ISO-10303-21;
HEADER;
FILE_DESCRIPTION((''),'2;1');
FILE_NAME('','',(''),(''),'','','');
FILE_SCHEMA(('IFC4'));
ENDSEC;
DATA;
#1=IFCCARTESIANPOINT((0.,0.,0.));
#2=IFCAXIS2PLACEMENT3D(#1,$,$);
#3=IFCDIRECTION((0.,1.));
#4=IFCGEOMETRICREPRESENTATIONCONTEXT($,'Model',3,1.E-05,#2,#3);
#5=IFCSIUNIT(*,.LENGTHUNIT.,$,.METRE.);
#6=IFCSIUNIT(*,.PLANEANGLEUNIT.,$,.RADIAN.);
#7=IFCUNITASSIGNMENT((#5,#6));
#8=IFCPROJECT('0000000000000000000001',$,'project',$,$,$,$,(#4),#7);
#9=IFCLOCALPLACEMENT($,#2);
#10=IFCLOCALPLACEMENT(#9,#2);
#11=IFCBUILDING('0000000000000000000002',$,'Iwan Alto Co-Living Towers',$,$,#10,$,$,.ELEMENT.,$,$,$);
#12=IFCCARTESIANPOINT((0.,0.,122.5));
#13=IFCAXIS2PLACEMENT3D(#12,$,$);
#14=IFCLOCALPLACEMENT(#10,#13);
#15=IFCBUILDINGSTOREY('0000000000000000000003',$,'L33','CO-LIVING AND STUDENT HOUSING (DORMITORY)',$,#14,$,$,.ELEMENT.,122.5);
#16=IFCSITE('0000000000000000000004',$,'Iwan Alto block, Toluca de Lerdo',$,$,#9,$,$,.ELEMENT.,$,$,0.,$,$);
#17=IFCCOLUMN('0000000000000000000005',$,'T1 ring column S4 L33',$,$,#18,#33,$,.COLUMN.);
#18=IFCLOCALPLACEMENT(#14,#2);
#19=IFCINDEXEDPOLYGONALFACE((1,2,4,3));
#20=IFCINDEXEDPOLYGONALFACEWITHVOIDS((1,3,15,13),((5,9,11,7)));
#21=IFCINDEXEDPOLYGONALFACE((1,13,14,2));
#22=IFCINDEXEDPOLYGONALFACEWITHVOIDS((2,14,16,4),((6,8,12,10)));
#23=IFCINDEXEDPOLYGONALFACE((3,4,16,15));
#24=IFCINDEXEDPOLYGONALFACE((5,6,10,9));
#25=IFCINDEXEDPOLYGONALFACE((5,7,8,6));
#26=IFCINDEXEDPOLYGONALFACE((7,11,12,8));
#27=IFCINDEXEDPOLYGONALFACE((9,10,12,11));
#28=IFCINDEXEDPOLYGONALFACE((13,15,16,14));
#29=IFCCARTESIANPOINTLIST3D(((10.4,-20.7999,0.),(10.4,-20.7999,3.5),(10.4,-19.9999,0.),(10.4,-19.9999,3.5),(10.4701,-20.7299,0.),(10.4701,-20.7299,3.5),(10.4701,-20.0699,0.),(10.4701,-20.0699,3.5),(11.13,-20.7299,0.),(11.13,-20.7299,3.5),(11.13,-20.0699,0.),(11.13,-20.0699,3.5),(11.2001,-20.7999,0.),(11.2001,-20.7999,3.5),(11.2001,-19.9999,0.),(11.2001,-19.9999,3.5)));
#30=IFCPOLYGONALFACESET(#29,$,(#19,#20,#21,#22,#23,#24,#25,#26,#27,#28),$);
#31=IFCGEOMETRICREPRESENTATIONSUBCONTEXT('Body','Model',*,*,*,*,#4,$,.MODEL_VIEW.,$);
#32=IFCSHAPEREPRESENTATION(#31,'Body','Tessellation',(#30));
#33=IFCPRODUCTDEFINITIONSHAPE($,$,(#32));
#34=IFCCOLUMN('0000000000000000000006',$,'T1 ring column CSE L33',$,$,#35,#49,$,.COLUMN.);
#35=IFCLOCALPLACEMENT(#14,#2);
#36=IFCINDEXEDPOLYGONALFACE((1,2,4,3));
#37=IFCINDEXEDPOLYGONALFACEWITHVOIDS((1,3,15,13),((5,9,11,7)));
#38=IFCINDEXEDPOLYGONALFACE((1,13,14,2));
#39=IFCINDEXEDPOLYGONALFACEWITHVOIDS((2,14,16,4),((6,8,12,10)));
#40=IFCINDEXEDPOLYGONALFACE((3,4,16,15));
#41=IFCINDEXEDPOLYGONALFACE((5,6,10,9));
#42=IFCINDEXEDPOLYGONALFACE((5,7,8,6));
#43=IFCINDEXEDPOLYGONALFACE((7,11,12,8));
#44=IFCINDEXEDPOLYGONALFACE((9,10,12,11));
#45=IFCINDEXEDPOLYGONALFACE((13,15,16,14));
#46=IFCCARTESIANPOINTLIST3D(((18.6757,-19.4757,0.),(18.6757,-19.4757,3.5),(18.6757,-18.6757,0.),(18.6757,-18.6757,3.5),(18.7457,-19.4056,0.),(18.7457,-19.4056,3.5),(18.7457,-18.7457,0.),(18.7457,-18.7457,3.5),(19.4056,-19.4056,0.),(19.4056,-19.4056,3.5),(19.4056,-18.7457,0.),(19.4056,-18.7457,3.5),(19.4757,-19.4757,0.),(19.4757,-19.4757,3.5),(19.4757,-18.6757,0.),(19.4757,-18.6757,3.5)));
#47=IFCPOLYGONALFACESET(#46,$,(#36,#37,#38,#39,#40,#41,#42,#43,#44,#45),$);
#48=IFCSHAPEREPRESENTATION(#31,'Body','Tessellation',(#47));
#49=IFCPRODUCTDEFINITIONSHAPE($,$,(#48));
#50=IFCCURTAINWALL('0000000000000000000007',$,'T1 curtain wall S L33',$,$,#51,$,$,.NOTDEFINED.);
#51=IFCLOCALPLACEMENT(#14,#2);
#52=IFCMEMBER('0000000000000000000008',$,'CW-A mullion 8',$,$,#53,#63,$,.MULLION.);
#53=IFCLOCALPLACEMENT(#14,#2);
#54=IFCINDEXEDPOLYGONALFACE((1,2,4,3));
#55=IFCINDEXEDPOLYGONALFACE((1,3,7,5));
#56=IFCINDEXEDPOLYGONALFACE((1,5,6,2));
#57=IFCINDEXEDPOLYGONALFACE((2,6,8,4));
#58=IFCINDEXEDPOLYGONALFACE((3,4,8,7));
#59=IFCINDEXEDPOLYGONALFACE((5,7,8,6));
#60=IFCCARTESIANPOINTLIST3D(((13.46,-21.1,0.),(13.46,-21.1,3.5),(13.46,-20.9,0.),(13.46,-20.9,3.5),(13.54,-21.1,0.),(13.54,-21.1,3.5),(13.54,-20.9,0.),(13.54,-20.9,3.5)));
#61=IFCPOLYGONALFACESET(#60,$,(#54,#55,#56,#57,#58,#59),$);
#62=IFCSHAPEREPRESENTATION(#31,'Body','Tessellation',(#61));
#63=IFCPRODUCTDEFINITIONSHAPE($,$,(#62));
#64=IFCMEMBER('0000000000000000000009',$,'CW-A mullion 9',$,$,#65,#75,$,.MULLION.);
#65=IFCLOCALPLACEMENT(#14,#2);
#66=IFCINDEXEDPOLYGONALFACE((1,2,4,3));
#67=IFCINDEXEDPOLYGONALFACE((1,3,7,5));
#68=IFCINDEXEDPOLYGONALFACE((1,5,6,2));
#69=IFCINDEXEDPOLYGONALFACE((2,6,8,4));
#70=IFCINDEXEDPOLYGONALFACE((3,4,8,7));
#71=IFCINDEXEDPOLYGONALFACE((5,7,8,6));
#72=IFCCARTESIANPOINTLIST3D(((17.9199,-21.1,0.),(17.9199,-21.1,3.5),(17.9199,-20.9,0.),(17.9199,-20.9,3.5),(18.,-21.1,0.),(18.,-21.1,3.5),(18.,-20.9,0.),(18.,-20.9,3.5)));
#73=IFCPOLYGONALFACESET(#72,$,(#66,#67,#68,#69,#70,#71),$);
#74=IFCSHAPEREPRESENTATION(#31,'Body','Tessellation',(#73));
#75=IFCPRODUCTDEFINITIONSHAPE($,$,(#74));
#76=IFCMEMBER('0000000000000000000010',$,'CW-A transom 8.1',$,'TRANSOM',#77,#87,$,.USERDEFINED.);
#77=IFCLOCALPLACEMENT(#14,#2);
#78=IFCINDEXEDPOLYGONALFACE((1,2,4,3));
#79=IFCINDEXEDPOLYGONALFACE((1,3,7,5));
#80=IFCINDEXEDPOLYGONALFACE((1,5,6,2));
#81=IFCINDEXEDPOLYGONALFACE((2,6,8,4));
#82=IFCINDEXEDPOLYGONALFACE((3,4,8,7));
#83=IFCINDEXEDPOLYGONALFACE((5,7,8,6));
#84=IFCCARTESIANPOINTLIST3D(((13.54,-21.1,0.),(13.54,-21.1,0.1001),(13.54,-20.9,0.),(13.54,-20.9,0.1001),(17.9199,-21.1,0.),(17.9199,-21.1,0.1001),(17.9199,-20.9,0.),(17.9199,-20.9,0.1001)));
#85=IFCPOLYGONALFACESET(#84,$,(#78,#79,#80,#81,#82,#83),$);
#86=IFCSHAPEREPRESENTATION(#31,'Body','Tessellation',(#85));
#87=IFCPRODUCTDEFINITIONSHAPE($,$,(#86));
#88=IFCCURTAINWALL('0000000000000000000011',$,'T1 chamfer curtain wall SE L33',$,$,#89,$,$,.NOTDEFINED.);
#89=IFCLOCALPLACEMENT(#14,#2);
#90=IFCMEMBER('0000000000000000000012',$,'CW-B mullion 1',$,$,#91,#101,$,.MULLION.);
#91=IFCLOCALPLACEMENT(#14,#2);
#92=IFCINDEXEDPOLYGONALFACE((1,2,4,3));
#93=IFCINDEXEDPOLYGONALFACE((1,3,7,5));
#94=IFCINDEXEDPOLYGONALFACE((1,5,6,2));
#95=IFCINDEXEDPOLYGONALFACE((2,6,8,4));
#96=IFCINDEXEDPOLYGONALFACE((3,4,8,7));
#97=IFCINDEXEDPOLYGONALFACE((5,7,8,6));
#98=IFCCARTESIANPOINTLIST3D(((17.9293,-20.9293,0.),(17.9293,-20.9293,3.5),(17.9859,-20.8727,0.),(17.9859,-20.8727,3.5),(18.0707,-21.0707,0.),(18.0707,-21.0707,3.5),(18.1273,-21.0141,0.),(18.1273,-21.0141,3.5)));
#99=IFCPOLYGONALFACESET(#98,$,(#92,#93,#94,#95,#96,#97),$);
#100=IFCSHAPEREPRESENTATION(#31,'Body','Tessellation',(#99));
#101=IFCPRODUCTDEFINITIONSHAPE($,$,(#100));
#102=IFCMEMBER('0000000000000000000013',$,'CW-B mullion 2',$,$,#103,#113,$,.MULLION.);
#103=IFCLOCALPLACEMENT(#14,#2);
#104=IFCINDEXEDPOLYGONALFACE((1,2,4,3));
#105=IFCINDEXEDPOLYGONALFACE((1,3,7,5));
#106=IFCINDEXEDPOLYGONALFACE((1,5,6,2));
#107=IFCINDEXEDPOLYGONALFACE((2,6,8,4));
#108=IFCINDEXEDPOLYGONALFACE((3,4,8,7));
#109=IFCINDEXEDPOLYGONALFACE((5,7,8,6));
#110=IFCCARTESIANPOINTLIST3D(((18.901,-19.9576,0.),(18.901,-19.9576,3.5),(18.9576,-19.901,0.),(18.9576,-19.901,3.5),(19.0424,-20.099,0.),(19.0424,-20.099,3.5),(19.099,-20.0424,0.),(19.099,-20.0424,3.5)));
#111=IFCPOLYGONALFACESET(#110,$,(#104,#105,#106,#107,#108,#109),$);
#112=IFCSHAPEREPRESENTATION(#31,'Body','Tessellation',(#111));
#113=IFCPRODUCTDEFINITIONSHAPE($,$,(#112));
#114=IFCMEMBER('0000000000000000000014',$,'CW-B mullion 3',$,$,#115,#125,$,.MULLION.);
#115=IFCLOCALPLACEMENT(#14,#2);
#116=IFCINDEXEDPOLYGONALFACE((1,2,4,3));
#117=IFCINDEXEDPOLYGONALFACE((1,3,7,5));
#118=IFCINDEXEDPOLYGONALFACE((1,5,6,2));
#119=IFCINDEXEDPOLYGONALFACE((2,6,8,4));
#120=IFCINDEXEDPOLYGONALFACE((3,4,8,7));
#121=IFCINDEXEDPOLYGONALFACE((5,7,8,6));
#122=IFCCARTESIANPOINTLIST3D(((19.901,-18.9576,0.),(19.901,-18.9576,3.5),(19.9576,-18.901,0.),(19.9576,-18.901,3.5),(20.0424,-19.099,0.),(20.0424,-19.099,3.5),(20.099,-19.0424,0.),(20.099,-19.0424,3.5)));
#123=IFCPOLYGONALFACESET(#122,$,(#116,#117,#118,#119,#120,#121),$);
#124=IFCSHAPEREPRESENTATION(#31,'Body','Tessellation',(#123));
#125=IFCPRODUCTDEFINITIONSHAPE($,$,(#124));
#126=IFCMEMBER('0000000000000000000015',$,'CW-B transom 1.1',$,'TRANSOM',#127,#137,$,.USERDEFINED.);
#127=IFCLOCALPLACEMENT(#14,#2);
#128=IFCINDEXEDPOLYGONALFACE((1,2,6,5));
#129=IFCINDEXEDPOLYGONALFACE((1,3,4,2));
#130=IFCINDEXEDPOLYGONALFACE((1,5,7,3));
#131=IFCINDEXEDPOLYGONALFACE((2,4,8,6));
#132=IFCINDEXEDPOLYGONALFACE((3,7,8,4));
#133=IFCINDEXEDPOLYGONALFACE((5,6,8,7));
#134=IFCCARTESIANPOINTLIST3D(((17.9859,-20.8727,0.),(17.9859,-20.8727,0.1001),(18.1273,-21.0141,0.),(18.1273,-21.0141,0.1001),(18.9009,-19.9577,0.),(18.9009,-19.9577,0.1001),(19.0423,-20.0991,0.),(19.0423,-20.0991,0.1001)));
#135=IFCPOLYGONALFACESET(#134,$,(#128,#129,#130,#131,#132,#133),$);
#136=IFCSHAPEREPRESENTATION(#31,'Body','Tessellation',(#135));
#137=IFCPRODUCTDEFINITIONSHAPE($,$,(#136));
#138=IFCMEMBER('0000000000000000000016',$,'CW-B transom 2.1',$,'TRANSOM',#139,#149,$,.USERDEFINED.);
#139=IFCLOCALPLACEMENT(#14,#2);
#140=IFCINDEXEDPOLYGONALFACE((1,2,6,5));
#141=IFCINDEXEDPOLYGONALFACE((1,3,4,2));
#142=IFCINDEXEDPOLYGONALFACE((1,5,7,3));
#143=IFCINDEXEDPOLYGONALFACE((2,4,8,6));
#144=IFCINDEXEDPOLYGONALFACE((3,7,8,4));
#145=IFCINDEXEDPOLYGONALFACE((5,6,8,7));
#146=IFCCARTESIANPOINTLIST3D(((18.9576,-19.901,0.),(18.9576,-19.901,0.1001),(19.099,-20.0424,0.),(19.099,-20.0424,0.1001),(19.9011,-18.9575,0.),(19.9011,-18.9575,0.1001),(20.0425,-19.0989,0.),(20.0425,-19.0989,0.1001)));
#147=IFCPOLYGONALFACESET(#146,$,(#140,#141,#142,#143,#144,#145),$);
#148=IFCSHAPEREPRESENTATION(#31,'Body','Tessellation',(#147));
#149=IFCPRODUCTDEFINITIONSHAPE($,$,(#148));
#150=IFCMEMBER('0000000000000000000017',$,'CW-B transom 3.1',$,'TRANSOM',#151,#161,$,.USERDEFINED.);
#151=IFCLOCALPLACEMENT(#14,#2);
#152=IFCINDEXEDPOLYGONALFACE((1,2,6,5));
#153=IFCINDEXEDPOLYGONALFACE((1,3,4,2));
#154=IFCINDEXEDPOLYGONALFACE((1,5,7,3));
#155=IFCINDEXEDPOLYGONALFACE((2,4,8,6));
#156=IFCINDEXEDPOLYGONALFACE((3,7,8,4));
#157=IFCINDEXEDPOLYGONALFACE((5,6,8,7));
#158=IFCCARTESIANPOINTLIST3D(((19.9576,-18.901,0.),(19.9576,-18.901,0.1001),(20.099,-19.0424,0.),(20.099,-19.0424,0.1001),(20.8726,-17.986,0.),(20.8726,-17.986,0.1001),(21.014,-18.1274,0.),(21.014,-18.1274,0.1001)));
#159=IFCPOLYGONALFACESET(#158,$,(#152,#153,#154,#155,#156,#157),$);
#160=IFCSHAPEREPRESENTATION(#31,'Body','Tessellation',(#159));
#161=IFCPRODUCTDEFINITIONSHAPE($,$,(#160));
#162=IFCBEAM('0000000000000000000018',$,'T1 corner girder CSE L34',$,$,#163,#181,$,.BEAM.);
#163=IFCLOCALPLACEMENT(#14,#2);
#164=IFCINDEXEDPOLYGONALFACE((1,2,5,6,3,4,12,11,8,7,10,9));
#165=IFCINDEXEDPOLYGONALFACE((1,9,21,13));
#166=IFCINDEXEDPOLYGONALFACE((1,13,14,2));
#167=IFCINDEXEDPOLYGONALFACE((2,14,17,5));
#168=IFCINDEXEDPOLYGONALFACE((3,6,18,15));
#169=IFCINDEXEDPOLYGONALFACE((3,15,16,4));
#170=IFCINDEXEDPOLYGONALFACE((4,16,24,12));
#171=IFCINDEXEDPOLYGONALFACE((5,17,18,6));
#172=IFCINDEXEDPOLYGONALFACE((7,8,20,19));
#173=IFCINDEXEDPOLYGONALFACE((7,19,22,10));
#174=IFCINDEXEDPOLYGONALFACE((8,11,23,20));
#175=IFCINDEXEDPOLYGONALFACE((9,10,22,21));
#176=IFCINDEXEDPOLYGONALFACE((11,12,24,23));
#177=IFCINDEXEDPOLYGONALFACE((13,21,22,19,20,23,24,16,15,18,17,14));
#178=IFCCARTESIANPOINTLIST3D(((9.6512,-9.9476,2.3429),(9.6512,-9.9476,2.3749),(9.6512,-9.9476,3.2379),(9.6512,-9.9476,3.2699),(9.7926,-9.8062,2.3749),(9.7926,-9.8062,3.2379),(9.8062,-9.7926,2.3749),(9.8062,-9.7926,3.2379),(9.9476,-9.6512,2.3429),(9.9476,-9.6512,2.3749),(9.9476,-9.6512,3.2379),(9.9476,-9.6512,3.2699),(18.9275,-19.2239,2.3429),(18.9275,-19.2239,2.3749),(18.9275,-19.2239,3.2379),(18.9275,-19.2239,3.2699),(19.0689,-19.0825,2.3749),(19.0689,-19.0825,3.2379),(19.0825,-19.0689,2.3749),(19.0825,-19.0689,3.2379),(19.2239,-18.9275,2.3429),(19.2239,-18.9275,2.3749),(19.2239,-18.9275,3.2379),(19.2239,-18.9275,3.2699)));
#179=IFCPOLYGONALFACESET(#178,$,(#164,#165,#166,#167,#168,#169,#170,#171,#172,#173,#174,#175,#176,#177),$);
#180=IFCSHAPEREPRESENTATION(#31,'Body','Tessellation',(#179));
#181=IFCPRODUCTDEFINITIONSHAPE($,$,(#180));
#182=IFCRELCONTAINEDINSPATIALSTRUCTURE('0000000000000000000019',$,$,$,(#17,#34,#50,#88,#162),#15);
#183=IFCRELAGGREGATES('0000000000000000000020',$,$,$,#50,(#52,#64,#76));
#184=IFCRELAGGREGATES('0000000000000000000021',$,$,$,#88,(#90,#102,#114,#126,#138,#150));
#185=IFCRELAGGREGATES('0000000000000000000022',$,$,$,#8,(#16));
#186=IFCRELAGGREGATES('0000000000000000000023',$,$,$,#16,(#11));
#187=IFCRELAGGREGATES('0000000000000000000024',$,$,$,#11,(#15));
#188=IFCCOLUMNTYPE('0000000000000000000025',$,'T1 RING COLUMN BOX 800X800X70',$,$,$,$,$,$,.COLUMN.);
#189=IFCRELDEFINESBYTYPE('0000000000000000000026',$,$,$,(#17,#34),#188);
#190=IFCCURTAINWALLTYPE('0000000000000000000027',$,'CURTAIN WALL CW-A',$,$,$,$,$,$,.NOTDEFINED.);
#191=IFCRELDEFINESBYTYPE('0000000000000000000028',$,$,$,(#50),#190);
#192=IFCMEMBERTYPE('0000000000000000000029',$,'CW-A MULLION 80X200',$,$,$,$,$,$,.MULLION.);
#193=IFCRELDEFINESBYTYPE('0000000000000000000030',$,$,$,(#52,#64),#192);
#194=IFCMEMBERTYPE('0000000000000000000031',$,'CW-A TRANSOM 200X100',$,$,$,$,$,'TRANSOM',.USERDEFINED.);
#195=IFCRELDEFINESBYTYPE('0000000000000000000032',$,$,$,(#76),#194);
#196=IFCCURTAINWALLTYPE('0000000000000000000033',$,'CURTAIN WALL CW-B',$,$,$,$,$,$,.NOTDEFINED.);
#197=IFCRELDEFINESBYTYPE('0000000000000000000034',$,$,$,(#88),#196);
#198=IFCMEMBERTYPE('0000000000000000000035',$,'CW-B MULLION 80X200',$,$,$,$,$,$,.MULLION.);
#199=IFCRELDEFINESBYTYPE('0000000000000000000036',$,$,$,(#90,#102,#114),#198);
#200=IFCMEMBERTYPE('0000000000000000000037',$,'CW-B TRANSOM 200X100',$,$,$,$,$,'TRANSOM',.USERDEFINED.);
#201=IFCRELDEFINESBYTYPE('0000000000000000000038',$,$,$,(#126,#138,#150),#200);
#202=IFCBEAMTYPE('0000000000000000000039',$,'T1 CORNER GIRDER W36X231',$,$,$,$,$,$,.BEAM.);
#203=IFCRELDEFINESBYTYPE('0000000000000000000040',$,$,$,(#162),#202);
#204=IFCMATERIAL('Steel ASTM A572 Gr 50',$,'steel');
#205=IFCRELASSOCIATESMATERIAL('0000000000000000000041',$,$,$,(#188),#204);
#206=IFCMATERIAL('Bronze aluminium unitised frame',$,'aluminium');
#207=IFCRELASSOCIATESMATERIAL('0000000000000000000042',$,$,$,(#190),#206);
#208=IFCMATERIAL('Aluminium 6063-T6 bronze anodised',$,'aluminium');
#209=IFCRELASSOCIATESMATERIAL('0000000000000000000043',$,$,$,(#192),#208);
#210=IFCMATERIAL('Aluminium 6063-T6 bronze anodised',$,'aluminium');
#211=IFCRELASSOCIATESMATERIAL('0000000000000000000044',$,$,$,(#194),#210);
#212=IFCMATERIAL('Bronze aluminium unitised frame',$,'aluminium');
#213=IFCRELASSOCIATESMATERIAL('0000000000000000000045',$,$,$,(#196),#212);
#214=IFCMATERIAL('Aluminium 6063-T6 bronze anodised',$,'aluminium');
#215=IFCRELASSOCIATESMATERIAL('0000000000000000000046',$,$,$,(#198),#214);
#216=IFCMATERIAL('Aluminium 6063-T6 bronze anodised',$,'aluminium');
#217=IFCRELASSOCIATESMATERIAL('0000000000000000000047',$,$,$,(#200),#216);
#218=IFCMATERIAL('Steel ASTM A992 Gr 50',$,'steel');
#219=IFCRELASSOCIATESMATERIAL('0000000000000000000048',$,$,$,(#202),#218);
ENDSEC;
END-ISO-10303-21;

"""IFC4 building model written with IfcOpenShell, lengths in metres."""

from ifc_helpers import new_model, si_unit, direction, frame, origin, origin_2d, place, context, subcontext, project, spatial, rectangle, hollow_rectangle, i_section, extrude, material, material_profile, profile_set, type_object, element, aggregate, save


model = new_model("IFC4")

# Units and contexts
model_context = context("Model", 3, precision=1e-05, world=origin(), true_north=direction((0.0, 1.0)))
body_context = subcontext(model_context, "Body", "Model", "MODEL_VIEW")
ifc_project = project(units=[si_unit("LENGTHUNIT", "METRE"), si_unit("PLANEANGLEUNIT", "RADIAN")], contexts=[model_context])

# Site, building, storey
site_placement = place(None, origin())
site = spatial("IfcSite", under=ifc_project, at=site_placement, Name="Iwan Alto block, Toluca de Lerdo", CompositionType="ELEMENT", RefElevation=0.0)
building_placement = place(site_placement, origin())
building = spatial("IfcBuilding", under=site, at=building_placement, Name="Iwan Alto Co-Living Towers", CompositionType="ELEMENT")
storey_placement = place(building_placement, frame((0.0, 0.0, 122.5)))
storey = spatial("IfcBuildingStorey", under=building, at=storey_placement, Name="L33", Description="CO-LIVING AND STUDENT HOUSING (DORMITORY)", CompositionType="ELEMENT", Elevation=122.5)

# Columns
ifc_material_1 = material(Name="Steel ASTM A572 Gr 50", Category="steel")
ifc_material_profile_1 = material_profile(ifc_material_1, hollow_rectangle(XDim=0.8, YDim=0.8, WallThickness=0.0701, at=origin_2d()), Name="BOX 800X800X70")
ifc_profile_set_1 = profile_set([ifc_material_profile_1], Name="Steel ASTM A572 Gr 50")
column_type = type_object("IfcColumnType", Name="T1 RING COLUMN BOX 800X800X70", PredefinedType="COLUMN", material=ifc_profile_set_1)
for number, where, z_axis, x_axis, name in (
    (1, (10.8, -20.3999, 0.0), (0.0, 0.0, 1.0), (1.0, 0.0, 0.0), "T1 ring column S4 L33"),
    (2, (19.0757, -19.0757, 0.0), (0.0, 0.0, 1.0), (1.0, 0.0, 0.0), "T1 ring column CSE L33"),
):
    element("IfcColumn", number, at=place(storey_placement, frame(where, z_axis=z_axis, x_axis=x_axis)), inside=storey, type_object=column_type, Name=name, PredefinedType="COLUMN", context=body_context, shape_type="SweptSolid", body=[
        extrude(hollow_rectangle(XDim=0.8, YDim=0.8, WallThickness=0.0701, at=origin_2d()), origin(), (0.0, 0.0, 1.0), 3.5),
    ])

# Curtain walls, members
ifc_material_2 = material(Name="Bronze aluminium unitised frame", Category="aluminium")
curtain_wall_type_1 = type_object("IfcCurtainWallType", Name="CURTAIN WALL CW-A", PredefinedType="NOTDEFINED", material=ifc_material_2)
curtain_wall_1_placement = place(storey_placement, origin())
curtain_wall_1 = element("IfcCurtainWall", 3, at=curtain_wall_1_placement, inside=storey, type_object=curtain_wall_type_1, Name="T1 curtain wall S L33", PredefinedType="NOTDEFINED")
ifc_material_3 = material(Name="Aluminium 6063-T6 bronze anodised", Category="aluminium")
ifc_material_profile_2 = material_profile(ifc_material_3, rectangle(XDim=0.2, YDim=0.0801, at=origin_2d()), Name="AL 80X200")
ifc_profile_set_2 = profile_set([ifc_material_profile_2], Name="Aluminium 6063-T6 bronze anodised")
member_type_1 = type_object("IfcMemberType", Name="CW-A MULLION 80X200", PredefinedType="MULLION", material=ifc_profile_set_2)
member_1_placement = place(storey_placement, frame((13.5, -21.0, 0.0), z_axis=(0.0, 0.0, 1.0), x_axis=(0.0, 1.0, 0.0)))
member_1 = element("IfcMember", 4, at=member_1_placement, type_object=member_type_1, Name="CW-A mullion 8", PredefinedType="MULLION", context=body_context, shape_type="SweptSolid", body=[
    extrude(rectangle(XDim=0.2, YDim=0.0801, at=origin_2d()), origin(), (0.0, 0.0, 1.0), 3.5),
])
member_2_placement = place(storey_placement, frame((17.96, -21.0, 0.0), z_axis=(0.0, 0.0, 1.0), x_axis=(0.0, 1.0, 0.0)))
member_2 = element("IfcMember", 5, at=member_2_placement, type_object=member_type_1, Name="CW-A mullion 9", PredefinedType="MULLION", context=body_context, shape_type="SweptSolid", body=[
    extrude(rectangle(XDim=0.2, YDim=0.0801, at=origin_2d()), origin(), (0.0, 0.0, 1.0), 3.5),
])
ifc_material_4 = material(Name="Aluminium 6063-T6 bronze anodised", Category="aluminium")
ifc_material_profile_3 = material_profile(ifc_material_4, rectangle(XDim=0.2, YDim=0.1001, at=origin_2d()), Name="AL 200X100")
ifc_profile_set_3 = profile_set([ifc_material_profile_3], Name="Aluminium 6063-T6 bronze anodised")
member_type_2 = type_object("IfcMemberType", Name="CW-A TRANSOM 200X100", ElementType="TRANSOM", PredefinedType="USERDEFINED", material=ifc_profile_set_3)
member_3_placement = place(storey_placement, frame((13.54, -21.0, 0.05), z_axis=(1.0, 0.0, 0.0), x_axis=(0.0, 1.0, 0.0)))
member_3 = element("IfcMember", 6, at=member_3_placement, type_object=member_type_2, Name="CW-A transom 8.1", ObjectType="TRANSOM", PredefinedType="USERDEFINED", context=body_context, shape_type="SweptSolid", body=[
    extrude(rectangle(XDim=0.2, YDim=0.1001, at=origin_2d()), origin(), (0.0, 0.0, 1.0), 4.3799),
])
ifc_material_5 = material(Name="Bronze aluminium unitised frame", Category="aluminium")
curtain_wall_type_2 = type_object("IfcCurtainWallType", Name="CURTAIN WALL CW-B", PredefinedType="NOTDEFINED", material=ifc_material_5)
curtain_wall_2_placement = place(storey_placement, origin())
curtain_wall_2 = element("IfcCurtainWall", 7, at=curtain_wall_2_placement, inside=storey, type_object=curtain_wall_type_2, Name="T1 chamfer curtain wall SE L33", PredefinedType="NOTDEFINED")
ifc_material_6 = material(Name="Aluminium 6063-T6 bronze anodised", Category="aluminium")
ifc_material_profile_4 = material_profile(ifc_material_6, rectangle(XDim=0.2, YDim=0.0801, at=origin_2d()), Name="AL 80X200")
ifc_profile_set_4 = profile_set([ifc_material_profile_4], Name="Aluminium 6063-T6 bronze anodised")
member_type_3 = type_object("IfcMemberType", Name="CW-B MULLION 80X200", PredefinedType="MULLION", material=ifc_profile_set_4)
member_4_placement = place(storey_placement, frame((18.0283, -20.9717, 0.0), z_axis=(0.0, 0.0, 1.0), x_axis=(-0.707107, 0.707107, 0.0)))
member_4 = element("IfcMember", 8, at=member_4_placement, type_object=member_type_3, Name="CW-B mullion 1", PredefinedType="MULLION", context=body_context, shape_type="SweptSolid", body=[
    extrude(rectangle(XDim=0.2, YDim=0.0801, at=origin_2d()), origin(), (0.0, 0.0, 1.0), 3.5),
])
member_5_placement = place(storey_placement, frame((19.0, -20.0, 0.0), z_axis=(0.0, 0.0, 1.0), x_axis=(-0.707107, 0.707107, 0.0)))
member_5 = element("IfcMember", 9, at=member_5_placement, type_object=member_type_3, Name="CW-B mullion 2", PredefinedType="MULLION", context=body_context, shape_type="SweptSolid", body=[
    extrude(rectangle(XDim=0.2, YDim=0.0801, at=origin_2d()), origin(), (0.0, 0.0, 1.0), 3.5),
])
member_6_placement = place(storey_placement, frame((20.0, -19.0, 0.0), z_axis=(0.0, 0.0, 1.0), x_axis=(-0.707107, 0.707107, 0.0)))
member_6 = element("IfcMember", 10, at=member_6_placement, type_object=member_type_3, Name="CW-B mullion 3", PredefinedType="MULLION", context=body_context, shape_type="SweptSolid", body=[
    extrude(rectangle(XDim=0.2, YDim=0.0801, at=origin_2d()), origin(), (0.0, 0.0, 1.0), 3.5),
])
ifc_material_7 = material(Name="Aluminium 6063-T6 bronze anodised", Category="aluminium")
ifc_material_profile_5 = material_profile(ifc_material_7, rectangle(XDim=0.2, YDim=0.1001, at=origin_2d()), Name="AL 200X100")
ifc_profile_set_5 = profile_set([ifc_material_profile_5], Name="Aluminium 6063-T6 bronze anodised")
member_type_4 = type_object("IfcMemberType", Name="CW-B TRANSOM 200X100", ElementType="TRANSOM", PredefinedType="USERDEFINED", material=ifc_profile_set_5)
member_7_placement = place(storey_placement, frame((18.0566, -20.9434, 0.05), z_axis=(0.707107, 0.707107, 0.0), x_axis=(-0.707107, 0.707107, 0.0)))
member_7 = element("IfcMember", 11, at=member_7_placement, type_object=member_type_4, Name="CW-B transom 1.1", ObjectType="TRANSOM", PredefinedType="USERDEFINED", context=body_context, shape_type="SweptSolid", body=[
    extrude(rectangle(XDim=0.2, YDim=0.1001, at=origin_2d()), origin(), (0.0, 0.0, 1.0), 1.2939),
])
member_8_placement = place(storey_placement, frame((19.0283, -19.9717, 0.05), z_axis=(0.707107, 0.707107, 0.0), x_axis=(-0.707107, 0.707107, 0.0)))
member_8 = element("IfcMember", 12, at=member_8_placement, type_object=member_type_4, Name="CW-B transom 2.1", ObjectType="TRANSOM", PredefinedType="USERDEFINED", context=body_context, shape_type="SweptSolid", body=[
    extrude(rectangle(XDim=0.2, YDim=0.1001, at=origin_2d()), origin(), (0.0, 0.0, 1.0), 1.3342),
])
member_9_placement = place(storey_placement, frame((20.0283, -18.9717, 0.05), z_axis=(0.707107, 0.707107, 0.0), x_axis=(-0.707107, 0.707107, 0.0)))
member_9 = element("IfcMember", 13, at=member_9_placement, type_object=member_type_4, Name="CW-B transom 3.1", ObjectType="TRANSOM", PredefinedType="USERDEFINED", context=body_context, shape_type="SweptSolid", body=[
    extrude(rectangle(XDim=0.2, YDim=0.1001, at=origin_2d()), origin(), (0.0, 0.0, 1.0), 1.2939),
])

# Beam
ifc_material_8 = material(Name="Steel ASTM A992 Gr 50", Category="steel")
ifc_material_profile_6 = material_profile(ifc_material_8, i_section(OverallWidth=0.4192, OverallDepth=0.927, WebThickness=0.0193, FlangeThickness=0.032, at=origin_2d()), Name="W36X231")
ifc_profile_set_6 = profile_set([ifc_material_profile_6], Name="Steel ASTM A992 Gr 50")
beam_type_1 = type_object("IfcBeamType", Name="T1 CORNER GIRDER W36X231", PredefinedType="BEAM", material=ifc_profile_set_6)
beam_1_placement = place(storey_placement, frame((19.0757, -19.0757, 2.8064), z_axis=(-0.707107, 0.707107, 0.0), x_axis=(-0.707107, -0.707107, 0.0)))
element("IfcBeam", 14, at=beam_1_placement, inside=storey, type_object=beam_type_1, Name="T1 corner girder CSE L34", PredefinedType="BEAM", context=body_context, shape_type="SweptSolid", body=[
    extrude(i_section(OverallWidth=0.4192, OverallDepth=0.927, WebThickness=0.0193, FlangeThickness=0.032, at=origin_2d()), origin(), (0.0, 0.0, 1.0), 13.1187),
])

aggregate(curtain_wall_1, [member_1, member_2, member_3])
aggregate(curtain_wall_2, [member_4, member_5, member_6, member_7, member_8, member_9])

save(model, "model.ifc")
